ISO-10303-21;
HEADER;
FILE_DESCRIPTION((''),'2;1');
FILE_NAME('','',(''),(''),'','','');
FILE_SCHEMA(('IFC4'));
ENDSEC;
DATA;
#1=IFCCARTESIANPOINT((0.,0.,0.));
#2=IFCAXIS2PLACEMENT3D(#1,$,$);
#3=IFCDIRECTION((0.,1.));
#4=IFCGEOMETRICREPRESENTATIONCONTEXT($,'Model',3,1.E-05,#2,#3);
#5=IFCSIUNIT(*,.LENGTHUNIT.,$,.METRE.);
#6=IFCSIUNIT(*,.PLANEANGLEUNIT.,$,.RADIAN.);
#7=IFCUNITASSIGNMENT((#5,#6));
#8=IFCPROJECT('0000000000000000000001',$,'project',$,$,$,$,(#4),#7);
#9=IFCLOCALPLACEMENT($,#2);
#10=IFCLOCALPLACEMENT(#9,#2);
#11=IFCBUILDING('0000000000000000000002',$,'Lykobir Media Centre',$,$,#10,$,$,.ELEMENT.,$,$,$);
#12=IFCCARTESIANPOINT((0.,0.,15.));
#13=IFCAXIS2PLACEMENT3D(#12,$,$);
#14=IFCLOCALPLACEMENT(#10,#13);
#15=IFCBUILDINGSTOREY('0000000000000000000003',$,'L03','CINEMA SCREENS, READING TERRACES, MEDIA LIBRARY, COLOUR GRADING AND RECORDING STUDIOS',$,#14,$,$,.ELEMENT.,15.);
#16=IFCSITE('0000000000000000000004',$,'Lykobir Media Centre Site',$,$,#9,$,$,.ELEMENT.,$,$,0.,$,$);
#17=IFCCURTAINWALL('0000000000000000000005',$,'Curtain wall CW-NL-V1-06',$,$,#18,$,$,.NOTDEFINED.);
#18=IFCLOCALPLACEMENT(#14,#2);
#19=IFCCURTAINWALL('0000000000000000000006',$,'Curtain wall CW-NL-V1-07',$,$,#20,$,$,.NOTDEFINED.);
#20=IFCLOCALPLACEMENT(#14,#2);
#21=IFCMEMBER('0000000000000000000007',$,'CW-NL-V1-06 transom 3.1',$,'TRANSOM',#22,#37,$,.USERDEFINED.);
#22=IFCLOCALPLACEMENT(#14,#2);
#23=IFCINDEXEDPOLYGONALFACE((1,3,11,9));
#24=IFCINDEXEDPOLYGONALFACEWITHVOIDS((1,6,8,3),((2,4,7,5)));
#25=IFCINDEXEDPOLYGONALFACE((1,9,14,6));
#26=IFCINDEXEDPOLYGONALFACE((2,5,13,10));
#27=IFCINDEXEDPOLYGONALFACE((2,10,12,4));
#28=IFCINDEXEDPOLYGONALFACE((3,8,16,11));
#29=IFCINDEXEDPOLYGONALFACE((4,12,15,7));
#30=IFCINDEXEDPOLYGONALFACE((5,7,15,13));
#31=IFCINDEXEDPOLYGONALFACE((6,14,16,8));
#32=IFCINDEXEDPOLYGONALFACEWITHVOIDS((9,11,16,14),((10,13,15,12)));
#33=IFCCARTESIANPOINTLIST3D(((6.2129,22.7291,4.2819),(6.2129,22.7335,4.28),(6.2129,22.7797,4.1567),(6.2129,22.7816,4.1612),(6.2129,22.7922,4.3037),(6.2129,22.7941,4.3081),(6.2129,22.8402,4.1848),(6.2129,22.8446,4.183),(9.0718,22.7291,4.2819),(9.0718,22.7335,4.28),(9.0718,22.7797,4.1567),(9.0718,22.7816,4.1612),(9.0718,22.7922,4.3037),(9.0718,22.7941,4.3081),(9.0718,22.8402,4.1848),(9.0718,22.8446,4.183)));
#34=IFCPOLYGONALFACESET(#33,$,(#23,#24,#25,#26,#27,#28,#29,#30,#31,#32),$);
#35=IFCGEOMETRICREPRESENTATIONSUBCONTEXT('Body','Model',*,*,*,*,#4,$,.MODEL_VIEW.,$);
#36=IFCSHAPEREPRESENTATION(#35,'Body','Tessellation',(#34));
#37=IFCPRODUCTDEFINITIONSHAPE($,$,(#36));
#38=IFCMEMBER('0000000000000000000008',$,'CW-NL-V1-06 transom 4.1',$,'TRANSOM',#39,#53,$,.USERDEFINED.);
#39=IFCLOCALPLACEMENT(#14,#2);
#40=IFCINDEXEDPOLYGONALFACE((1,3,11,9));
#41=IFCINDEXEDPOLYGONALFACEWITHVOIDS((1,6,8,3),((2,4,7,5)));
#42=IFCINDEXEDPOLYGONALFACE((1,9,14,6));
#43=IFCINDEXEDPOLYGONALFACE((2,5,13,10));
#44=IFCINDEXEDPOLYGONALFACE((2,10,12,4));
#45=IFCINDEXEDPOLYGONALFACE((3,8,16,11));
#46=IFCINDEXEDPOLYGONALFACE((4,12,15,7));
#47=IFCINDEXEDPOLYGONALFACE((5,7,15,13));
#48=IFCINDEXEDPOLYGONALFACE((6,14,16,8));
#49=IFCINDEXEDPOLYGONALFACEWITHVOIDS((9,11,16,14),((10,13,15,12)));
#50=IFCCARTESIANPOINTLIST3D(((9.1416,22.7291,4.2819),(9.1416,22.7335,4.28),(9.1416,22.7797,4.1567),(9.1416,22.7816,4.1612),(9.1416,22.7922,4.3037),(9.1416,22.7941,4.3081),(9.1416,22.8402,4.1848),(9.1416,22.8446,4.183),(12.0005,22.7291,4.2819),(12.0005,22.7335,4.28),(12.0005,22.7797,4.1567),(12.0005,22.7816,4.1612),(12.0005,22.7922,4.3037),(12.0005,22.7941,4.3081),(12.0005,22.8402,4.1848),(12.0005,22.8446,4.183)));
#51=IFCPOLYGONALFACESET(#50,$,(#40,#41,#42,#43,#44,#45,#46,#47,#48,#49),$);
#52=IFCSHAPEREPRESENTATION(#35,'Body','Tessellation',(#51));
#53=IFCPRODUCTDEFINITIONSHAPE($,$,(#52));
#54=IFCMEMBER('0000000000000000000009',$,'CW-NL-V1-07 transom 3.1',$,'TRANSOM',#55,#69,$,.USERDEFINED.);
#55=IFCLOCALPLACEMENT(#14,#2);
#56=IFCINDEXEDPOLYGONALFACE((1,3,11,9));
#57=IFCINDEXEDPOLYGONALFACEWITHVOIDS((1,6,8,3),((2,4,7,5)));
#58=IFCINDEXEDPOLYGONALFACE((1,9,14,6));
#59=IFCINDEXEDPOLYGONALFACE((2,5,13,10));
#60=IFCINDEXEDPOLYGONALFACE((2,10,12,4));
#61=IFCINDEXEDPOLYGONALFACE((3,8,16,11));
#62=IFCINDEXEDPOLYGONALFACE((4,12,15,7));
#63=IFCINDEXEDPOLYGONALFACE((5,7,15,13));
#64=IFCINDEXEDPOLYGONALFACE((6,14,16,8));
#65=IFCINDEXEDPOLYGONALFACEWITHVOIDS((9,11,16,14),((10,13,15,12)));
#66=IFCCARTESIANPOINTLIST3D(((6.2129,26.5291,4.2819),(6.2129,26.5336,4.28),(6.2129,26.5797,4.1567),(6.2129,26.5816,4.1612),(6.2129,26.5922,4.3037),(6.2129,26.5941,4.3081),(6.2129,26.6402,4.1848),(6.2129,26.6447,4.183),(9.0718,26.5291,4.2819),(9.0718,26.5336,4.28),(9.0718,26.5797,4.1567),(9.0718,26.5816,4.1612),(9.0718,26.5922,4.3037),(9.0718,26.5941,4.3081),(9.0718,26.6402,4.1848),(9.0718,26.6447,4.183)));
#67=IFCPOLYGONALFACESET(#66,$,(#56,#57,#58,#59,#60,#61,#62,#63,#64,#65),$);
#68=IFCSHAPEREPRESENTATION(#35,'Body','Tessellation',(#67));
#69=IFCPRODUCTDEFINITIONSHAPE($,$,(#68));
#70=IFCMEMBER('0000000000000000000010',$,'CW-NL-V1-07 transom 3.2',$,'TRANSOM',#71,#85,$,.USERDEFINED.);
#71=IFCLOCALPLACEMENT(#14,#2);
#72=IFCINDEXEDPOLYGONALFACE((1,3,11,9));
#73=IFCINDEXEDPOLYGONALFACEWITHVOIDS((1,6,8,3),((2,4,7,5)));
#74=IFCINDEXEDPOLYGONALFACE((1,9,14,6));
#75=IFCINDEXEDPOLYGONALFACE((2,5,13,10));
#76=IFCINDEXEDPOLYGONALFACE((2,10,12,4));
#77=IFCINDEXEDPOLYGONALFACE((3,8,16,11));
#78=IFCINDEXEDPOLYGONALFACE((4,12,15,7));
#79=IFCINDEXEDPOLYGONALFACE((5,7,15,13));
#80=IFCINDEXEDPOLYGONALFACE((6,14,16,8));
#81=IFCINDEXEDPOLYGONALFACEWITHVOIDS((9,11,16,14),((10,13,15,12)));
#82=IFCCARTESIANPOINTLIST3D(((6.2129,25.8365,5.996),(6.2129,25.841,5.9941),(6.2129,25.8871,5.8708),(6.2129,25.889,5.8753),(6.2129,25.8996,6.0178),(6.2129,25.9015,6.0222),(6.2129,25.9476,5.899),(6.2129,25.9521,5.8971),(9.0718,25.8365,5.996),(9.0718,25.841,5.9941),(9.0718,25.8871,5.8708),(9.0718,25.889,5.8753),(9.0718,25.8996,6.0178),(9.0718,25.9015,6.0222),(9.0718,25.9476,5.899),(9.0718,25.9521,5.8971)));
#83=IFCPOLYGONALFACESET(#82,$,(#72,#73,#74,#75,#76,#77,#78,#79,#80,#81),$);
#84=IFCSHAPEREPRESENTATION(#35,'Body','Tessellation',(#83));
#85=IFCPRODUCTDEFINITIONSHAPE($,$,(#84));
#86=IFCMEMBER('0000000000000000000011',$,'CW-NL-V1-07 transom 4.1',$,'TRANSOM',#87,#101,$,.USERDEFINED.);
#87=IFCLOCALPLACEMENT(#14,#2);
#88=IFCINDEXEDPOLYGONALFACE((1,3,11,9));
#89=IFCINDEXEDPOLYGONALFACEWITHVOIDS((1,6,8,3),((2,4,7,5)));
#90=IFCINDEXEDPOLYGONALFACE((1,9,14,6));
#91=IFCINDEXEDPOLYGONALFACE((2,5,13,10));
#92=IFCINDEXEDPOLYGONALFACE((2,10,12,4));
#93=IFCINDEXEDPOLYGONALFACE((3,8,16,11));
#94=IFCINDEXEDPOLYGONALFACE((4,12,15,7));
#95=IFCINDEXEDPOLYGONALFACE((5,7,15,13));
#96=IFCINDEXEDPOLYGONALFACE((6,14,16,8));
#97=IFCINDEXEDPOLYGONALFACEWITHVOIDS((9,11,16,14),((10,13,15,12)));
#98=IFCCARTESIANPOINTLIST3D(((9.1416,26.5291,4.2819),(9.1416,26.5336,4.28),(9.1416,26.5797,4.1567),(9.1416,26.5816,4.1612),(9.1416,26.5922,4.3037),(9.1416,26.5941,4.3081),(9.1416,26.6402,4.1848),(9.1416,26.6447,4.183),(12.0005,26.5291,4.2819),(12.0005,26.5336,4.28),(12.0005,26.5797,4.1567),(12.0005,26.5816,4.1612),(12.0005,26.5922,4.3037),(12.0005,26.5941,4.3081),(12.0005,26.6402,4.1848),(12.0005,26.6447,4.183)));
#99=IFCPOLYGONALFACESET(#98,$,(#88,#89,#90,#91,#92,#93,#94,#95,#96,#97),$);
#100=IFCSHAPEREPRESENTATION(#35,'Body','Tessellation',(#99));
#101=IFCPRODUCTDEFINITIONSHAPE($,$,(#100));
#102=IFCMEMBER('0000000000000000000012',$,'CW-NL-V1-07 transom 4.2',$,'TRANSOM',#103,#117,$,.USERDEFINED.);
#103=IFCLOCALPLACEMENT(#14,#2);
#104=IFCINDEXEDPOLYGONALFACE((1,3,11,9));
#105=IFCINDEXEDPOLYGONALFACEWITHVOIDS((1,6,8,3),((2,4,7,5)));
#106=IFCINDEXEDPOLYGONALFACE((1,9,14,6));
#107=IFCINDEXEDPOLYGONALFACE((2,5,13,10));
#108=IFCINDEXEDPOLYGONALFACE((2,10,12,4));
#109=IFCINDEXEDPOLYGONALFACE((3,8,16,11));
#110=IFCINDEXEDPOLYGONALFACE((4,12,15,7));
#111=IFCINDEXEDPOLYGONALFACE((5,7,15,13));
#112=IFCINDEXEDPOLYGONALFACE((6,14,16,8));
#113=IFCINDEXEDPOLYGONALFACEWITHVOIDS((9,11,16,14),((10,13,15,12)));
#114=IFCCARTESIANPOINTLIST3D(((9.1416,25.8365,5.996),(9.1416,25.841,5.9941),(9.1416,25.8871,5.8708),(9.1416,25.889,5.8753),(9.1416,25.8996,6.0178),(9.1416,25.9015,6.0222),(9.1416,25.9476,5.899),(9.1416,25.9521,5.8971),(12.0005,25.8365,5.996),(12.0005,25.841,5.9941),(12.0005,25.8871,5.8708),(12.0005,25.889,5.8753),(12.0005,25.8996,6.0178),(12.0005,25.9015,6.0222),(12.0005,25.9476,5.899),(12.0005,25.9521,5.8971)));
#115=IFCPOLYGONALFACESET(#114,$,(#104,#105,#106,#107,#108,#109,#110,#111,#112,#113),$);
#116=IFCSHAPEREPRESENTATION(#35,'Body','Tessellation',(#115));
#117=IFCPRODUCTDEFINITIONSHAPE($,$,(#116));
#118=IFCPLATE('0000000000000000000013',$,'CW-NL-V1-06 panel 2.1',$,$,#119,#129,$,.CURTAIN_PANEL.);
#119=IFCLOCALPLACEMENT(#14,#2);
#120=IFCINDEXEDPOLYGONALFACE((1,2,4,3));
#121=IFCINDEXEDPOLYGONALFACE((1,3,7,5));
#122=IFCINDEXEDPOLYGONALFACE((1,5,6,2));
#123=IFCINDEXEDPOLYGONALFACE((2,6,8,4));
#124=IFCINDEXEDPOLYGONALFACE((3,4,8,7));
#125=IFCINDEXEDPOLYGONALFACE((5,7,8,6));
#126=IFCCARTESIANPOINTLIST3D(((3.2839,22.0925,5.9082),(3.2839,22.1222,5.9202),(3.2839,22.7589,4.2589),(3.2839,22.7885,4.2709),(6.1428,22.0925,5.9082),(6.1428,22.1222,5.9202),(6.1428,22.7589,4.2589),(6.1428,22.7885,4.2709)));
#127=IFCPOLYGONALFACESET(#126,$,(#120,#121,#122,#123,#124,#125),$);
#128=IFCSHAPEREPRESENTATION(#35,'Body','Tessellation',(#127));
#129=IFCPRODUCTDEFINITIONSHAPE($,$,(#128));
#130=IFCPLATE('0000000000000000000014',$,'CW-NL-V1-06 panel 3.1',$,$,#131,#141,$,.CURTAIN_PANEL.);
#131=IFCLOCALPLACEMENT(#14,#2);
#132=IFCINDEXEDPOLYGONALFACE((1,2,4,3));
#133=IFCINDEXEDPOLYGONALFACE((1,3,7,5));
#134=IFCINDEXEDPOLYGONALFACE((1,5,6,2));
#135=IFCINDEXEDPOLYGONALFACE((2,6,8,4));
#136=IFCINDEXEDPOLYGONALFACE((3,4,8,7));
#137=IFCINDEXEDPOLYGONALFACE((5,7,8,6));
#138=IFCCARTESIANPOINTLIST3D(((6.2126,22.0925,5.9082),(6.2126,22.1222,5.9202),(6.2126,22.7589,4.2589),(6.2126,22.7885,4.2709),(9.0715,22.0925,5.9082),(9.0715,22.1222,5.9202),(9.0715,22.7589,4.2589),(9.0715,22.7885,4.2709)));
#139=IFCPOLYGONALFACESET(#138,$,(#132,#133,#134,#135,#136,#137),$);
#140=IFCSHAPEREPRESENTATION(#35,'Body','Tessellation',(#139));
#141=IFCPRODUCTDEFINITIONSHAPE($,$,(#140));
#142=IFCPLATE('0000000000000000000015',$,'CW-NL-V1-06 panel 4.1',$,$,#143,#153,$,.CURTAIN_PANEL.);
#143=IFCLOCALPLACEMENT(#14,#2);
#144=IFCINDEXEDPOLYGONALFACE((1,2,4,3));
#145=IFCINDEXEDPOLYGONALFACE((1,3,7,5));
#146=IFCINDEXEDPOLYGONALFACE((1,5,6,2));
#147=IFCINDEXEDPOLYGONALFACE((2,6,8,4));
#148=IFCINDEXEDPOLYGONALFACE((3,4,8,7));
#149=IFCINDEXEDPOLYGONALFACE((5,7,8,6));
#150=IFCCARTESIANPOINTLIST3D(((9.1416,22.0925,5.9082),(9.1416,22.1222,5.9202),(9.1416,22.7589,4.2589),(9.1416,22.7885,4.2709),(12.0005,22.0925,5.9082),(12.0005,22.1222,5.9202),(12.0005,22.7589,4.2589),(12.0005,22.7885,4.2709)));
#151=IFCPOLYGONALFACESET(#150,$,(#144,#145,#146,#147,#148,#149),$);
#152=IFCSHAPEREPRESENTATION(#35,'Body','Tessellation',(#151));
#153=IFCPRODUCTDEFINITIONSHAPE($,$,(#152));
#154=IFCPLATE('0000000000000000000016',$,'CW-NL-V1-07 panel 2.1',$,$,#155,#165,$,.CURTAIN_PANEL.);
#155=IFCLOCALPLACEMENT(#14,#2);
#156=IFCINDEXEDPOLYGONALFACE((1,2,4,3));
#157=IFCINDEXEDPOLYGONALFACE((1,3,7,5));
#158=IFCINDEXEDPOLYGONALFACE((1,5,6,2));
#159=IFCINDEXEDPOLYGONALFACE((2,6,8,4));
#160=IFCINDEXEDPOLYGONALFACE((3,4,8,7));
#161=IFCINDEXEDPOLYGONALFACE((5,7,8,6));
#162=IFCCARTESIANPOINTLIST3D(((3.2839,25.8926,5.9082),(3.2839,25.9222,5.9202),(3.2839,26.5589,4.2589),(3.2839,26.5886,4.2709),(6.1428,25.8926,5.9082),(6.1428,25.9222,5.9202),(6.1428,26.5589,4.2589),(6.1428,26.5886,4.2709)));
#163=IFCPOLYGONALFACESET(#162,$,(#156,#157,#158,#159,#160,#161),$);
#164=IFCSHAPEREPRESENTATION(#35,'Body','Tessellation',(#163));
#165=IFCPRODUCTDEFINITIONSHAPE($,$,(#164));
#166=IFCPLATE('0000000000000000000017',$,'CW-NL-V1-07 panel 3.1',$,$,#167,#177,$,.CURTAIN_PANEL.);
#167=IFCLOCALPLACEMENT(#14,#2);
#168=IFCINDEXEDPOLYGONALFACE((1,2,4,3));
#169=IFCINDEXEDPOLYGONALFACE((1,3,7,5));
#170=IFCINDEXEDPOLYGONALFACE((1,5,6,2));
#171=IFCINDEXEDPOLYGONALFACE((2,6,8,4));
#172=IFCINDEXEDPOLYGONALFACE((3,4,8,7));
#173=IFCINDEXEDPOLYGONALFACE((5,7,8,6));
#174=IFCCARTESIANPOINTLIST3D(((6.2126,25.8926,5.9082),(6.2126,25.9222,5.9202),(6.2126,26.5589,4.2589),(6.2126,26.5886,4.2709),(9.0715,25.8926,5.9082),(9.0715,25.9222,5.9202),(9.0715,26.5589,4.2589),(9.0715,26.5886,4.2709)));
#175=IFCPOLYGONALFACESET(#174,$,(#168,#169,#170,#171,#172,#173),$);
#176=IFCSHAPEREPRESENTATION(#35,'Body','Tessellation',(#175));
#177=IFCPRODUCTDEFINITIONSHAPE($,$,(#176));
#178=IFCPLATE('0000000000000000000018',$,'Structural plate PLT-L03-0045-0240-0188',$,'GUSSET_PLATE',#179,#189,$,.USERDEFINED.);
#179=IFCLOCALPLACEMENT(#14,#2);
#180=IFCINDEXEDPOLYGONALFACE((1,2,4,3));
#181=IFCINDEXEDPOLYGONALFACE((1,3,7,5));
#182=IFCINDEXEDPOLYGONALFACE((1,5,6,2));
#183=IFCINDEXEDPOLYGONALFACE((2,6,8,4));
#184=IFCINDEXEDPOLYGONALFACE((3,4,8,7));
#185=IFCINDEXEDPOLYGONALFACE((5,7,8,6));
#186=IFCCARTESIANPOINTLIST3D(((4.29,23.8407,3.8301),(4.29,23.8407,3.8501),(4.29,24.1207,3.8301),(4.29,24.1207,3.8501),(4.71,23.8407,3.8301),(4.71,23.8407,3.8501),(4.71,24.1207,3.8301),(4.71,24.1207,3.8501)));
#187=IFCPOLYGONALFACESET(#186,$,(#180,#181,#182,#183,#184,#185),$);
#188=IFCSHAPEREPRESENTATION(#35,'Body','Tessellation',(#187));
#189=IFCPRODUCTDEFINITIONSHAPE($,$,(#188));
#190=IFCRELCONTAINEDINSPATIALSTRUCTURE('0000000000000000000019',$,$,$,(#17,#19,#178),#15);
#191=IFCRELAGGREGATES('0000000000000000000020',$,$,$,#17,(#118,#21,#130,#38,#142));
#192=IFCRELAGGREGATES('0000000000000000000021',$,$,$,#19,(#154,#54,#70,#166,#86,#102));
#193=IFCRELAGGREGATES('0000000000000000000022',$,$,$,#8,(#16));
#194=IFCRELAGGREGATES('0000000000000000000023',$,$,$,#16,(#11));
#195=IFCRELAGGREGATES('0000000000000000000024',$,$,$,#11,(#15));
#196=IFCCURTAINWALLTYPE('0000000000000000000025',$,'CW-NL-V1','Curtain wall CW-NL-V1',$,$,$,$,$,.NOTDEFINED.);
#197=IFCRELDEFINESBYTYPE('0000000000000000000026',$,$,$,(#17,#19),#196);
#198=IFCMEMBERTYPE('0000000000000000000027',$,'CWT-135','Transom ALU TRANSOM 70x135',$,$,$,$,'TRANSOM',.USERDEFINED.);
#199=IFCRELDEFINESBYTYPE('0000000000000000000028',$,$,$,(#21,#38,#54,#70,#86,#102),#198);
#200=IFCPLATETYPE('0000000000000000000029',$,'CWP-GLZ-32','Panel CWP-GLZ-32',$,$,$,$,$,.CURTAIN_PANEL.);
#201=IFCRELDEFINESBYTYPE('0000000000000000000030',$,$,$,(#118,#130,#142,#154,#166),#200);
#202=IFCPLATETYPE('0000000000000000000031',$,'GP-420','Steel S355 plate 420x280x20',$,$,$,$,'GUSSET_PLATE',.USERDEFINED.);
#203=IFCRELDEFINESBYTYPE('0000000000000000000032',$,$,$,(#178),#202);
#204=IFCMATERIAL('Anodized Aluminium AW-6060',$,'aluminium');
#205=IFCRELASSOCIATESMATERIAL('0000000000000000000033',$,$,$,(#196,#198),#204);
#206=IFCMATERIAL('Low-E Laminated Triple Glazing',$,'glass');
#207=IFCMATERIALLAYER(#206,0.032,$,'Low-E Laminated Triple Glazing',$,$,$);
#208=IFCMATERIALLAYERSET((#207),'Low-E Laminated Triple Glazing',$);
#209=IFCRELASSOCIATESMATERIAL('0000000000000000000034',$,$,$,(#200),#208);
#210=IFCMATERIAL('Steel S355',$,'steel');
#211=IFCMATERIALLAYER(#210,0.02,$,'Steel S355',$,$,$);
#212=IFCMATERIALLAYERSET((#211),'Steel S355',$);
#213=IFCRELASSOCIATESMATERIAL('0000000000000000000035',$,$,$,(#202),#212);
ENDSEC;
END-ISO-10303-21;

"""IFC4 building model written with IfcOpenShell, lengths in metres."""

from ifc_helpers import new_model, si_unit, direction, frame, origin, origin_2d, place, context, subcontext, project, spatial, rectangle, hollow_rectangle, extrude, material, layer, layer_set, material_profile, profile_set, type_object, element, aggregate, save


model = new_model("IFC4")

# Units and contexts
model_context = context("Model", 3, precision=1e-05, world=origin(), true_north=direction((0.0, 1.0)))
body_context = subcontext(model_context, "Body", "Model", "MODEL_VIEW")
ifc_project = project(units=[si_unit("LENGTHUNIT", "METRE"), si_unit("PLANEANGLEUNIT", "RADIAN")], contexts=[model_context])

# Site, building, storey
site_placement = place(None, origin())
site = spatial("IfcSite", under=ifc_project, at=site_placement, Name="Lykobir Media Centre Site", CompositionType="ELEMENT", RefElevation=0.0)
building_placement = place(site_placement, origin())
building = spatial("IfcBuilding", under=site, at=building_placement, Name="Lykobir Media Centre", CompositionType="ELEMENT")
storey_placement = place(building_placement, frame((0.0, 0.0, 15.0)))
storey = spatial("IfcBuildingStorey", under=building, at=storey_placement, Name="L03", Description="CINEMA SCREENS, READING TERRACES, MEDIA LIBRARY, COLOUR GRADING AND RECORDING STUDIOS", CompositionType="ELEMENT", Elevation=15.0)

# Shared definitions
ifc_material_1 = material(Name="Steel S355", Category="steel")

# Curtain walls
ifc_material_2 = material(Name="Anodized Aluminium AW-6060", Category="aluminium")
curtain_wall_type = type_object("IfcCurtainWallType", Name="CW-NL-V1", Description="Curtain wall CW-NL-V1", PredefinedType="NOTDEFINED", material=ifc_material_2)
curtain_wall_1_placement = place(storey_placement, origin())
curtain_wall_1 = element("IfcCurtainWall", 1, at=curtain_wall_1_placement, inside=storey, type_object=curtain_wall_type, Name="Curtain wall CW-NL-V1-06", PredefinedType="NOTDEFINED")
curtain_wall_2_placement = place(storey_placement, origin())
curtain_wall_2 = element("IfcCurtainWall", 2, at=curtain_wall_2_placement, inside=storey, type_object=curtain_wall_type, Name="Curtain wall CW-NL-V1-07", PredefinedType="NOTDEFINED")

# Members
ifc_material_profile_1 = material_profile(ifc_material_2, hollow_rectangle(XDim=0.0701, YDim=0.135, WallThickness=0.0034, at=origin_2d()), Name="ALU TRANSOM 70x135")
ifc_profile_set_1 = profile_set([ifc_material_profile_1], Name="Anodized Aluminium AW-6060")
member_type_1 = type_object("IfcMemberType", Name="CWT-135", Description="Transom ALU TRANSOM 70x135", ElementType="TRANSOM", PredefinedType="USERDEFINED", material=ifc_profile_set_1)
member_1_placement = place(storey_placement, frame((6.2129, 22.7869, 4.2324), z_axis=(1.0, 0.0, 0.0), x_axis=(0.0, 0.927184, 0.374607)))
member_1 = element("IfcMember", 3, at=member_1_placement, type_object=member_type_1, Name="CW-NL-V1-06 transom 3.1", ObjectType="TRANSOM", PredefinedType="USERDEFINED", context=body_context, shape_type="SweptSolid", body=[
    extrude(hollow_rectangle(XDim=0.0701, YDim=0.135, WallThickness=0.0034, at=origin_2d()), origin(), (0.0, 0.0, 1.0), 2.8589),
])
member_2_placement = place(storey_placement, frame((9.1416, 22.7869, 4.2324), z_axis=(1.0, 0.0, 0.0), x_axis=(0.0, 0.927184, 0.374607)))
member_2 = element("IfcMember", 4, at=member_2_placement, type_object=member_type_1, Name="CW-NL-V1-06 transom 4.1", ObjectType="TRANSOM", PredefinedType="USERDEFINED", context=body_context, shape_type="SweptSolid", body=[
    extrude(hollow_rectangle(XDim=0.0701, YDim=0.135, WallThickness=0.0034, at=origin_2d()), origin(), (0.0, 0.0, 1.0), 2.8589),
])
member_3_placement = place(storey_placement, frame((6.2129, 26.5869, 4.2324), z_axis=(1.0, 0.0, 0.0), x_axis=(0.0, 0.927184, 0.374607)))
member_3 = element("IfcMember", 5, at=member_3_placement, type_object=member_type_1, Name="CW-NL-V1-07 transom 3.1", ObjectType="TRANSOM", PredefinedType="USERDEFINED", context=body_context, shape_type="SweptSolid", body=[
    extrude(hollow_rectangle(XDim=0.0701, YDim=0.135, WallThickness=0.0034, at=origin_2d()), origin(), (0.0, 0.0, 1.0), 2.8589),
])
member_4_placement = place(storey_placement, frame((6.2129, 25.8943, 5.9465), z_axis=(1.0, 0.0, 0.0), x_axis=(0.0, 0.927184, 0.374607)))
member_4 = element("IfcMember", 6, at=member_4_placement, type_object=member_type_1, Name="CW-NL-V1-07 transom 3.2", ObjectType="TRANSOM", PredefinedType="USERDEFINED", context=body_context, shape_type="SweptSolid", body=[
    extrude(hollow_rectangle(XDim=0.0701, YDim=0.135, WallThickness=0.0034, at=origin_2d()), origin(), (0.0, 0.0, 1.0), 2.8589),
])
member_5_placement = place(storey_placement, frame((9.1416, 26.5869, 4.2324), z_axis=(1.0, 0.0, 0.0), x_axis=(0.0, 0.927184, 0.374607)))
member_5 = element("IfcMember", 7, at=member_5_placement, type_object=member_type_1, Name="CW-NL-V1-07 transom 4.1", ObjectType="TRANSOM", PredefinedType="USERDEFINED", context=body_context, shape_type="SweptSolid", body=[
    extrude(hollow_rectangle(XDim=0.0701, YDim=0.135, WallThickness=0.0034, at=origin_2d()), origin(), (0.0, 0.0, 1.0), 2.8589),
])
member_6_placement = place(storey_placement, frame((9.1416, 25.8943, 5.9465), z_axis=(1.0, 0.0, 0.0), x_axis=(0.0, 0.927184, 0.374607)))
member_6 = element("IfcMember", 8, at=member_6_placement, type_object=member_type_1, Name="CW-NL-V1-07 transom 4.2", ObjectType="TRANSOM", PredefinedType="USERDEFINED", context=body_context, shape_type="SweptSolid", body=[
    extrude(hollow_rectangle(XDim=0.0701, YDim=0.135, WallThickness=0.0034, at=origin_2d()), origin(), (0.0, 0.0, 1.0), 2.8589),
])

# Plates
ifc_material_3 = material(Name="Low-E Laminated Triple Glazing", Category="glass")
ifc_layer_1 = layer(ifc_material_3, 0.032, Name="Low-E Laminated Triple Glazing")
ifc_layer_set_1 = layer_set([ifc_layer_1], Name="Low-E Laminated Triple Glazing")
plate_type_1 = type_object("IfcPlateType", Name="CWP-GLZ-32", Description="Panel CWP-GLZ-32", PredefinedType="CURTAIN_PANEL", material=ifc_layer_set_1)
plate_1_placement = place(storey_placement, frame((4.7134, 22.7737, 4.2649), z_axis=(0.0, -0.374607, 0.927184), x_axis=(1.0, 0.0, 0.0)))
plate_1 = element("IfcPlate", 9, at=plate_1_placement, type_object=plate_type_1, Name="CW-NL-V1-06 panel 2.1", PredefinedType="CURTAIN_PANEL", context=body_context, shape_type="SweptSolid", body=[
    extrude(rectangle(XDim=2.8589, YDim=0.032, at=origin_2d()), origin(), (0.0, 0.0, 1.0), 1.7788),
])
plate_2_placement = place(storey_placement, frame((7.6421, 22.7737, 4.2649), z_axis=(0.0, -0.374607, 0.927184), x_axis=(1.0, 0.0, 0.0)))
plate_2 = element("IfcPlate", 10, at=plate_2_placement, type_object=plate_type_1, Name="CW-NL-V1-06 panel 3.1", PredefinedType="CURTAIN_PANEL", context=body_context, shape_type="SweptSolid", body=[
    extrude(rectangle(XDim=2.8589, YDim=0.032, at=origin_2d()), origin(), (0.0, 0.0, 1.0), 1.7788),
])
plate_3_placement = place(storey_placement, frame((10.571, 22.7737, 4.2649), z_axis=(0.0, -0.374607, 0.927184), x_axis=(1.0, 0.0, 0.0)))
plate_3 = element("IfcPlate", 11, at=plate_3_placement, type_object=plate_type_1, Name="CW-NL-V1-06 panel 4.1", PredefinedType="CURTAIN_PANEL", context=body_context, shape_type="SweptSolid", body=[
    extrude(rectangle(XDim=2.8589, YDim=0.032, at=origin_2d()), origin(), (0.0, 0.0, 1.0), 1.7788),
])
aggregate(curtain_wall_1, [plate_1, member_1, plate_2, member_2, plate_3])
plate_4_placement = place(storey_placement, frame((4.7134, 26.5737, 4.2649), z_axis=(0.0, -0.374607, 0.927184), x_axis=(1.0, 0.0, 0.0)))
plate_4 = element("IfcPlate", 12, at=plate_4_placement, type_object=plate_type_1, Name="CW-NL-V1-07 panel 2.1", PredefinedType="CURTAIN_PANEL", context=body_context, shape_type="SweptSolid", body=[
    extrude(rectangle(XDim=2.8589, YDim=0.032, at=origin_2d()), origin(), (0.0, 0.0, 1.0), 1.7788),
])
plate_5_placement = place(storey_placement, frame((7.6421, 26.5737, 4.2649), z_axis=(0.0, -0.374607, 0.927184), x_axis=(1.0, 0.0, 0.0)))
plate_5 = element("IfcPlate", 13, at=plate_5_placement, type_object=plate_type_1, Name="CW-NL-V1-07 panel 3.1", PredefinedType="CURTAIN_PANEL", context=body_context, shape_type="SweptSolid", body=[
    extrude(rectangle(XDim=2.8589, YDim=0.032, at=origin_2d()), origin(), (0.0, 0.0, 1.0), 1.7788),
])
aggregate(curtain_wall_2, [plate_4, member_3, member_4, plate_5, member_5, member_6])

# Plate
ifc_layer_2 = layer(ifc_material_1, 0.02, Name="Steel S355")
ifc_layer_set_2 = layer_set([ifc_layer_2], Name="Steel S355")
plate_type_2 = type_object("IfcPlateType", Name="GP-420", Description="Steel S355 plate 420x280x20", ElementType="GUSSET_PLATE", PredefinedType="USERDEFINED", material=ifc_layer_set_2)
for number, where, z_axis, x_axis, name in (
    (14, (4.5, 23.9807, 3.8301), (0.0, 0.0, 1.0), (1.0, 0.0, 0.0), "Structural plate PLT-L03-0045-0240-0188"),
):
    element("IfcPlate", number, at=place(storey_placement, frame(where, z_axis=z_axis, x_axis=x_axis)), inside=storey, type_object=plate_type_2, Name=name, ObjectType="GUSSET_PLATE", PredefinedType="USERDEFINED", context=body_context, shape_type="SweptSolid", body=[
        extrude(rectangle(XDim=0.4199, YDim=0.28, at=origin_2d()), origin(), (0.0, 0.0, 1.0), 0.02),
    ])

save(model, "model.ifc")
